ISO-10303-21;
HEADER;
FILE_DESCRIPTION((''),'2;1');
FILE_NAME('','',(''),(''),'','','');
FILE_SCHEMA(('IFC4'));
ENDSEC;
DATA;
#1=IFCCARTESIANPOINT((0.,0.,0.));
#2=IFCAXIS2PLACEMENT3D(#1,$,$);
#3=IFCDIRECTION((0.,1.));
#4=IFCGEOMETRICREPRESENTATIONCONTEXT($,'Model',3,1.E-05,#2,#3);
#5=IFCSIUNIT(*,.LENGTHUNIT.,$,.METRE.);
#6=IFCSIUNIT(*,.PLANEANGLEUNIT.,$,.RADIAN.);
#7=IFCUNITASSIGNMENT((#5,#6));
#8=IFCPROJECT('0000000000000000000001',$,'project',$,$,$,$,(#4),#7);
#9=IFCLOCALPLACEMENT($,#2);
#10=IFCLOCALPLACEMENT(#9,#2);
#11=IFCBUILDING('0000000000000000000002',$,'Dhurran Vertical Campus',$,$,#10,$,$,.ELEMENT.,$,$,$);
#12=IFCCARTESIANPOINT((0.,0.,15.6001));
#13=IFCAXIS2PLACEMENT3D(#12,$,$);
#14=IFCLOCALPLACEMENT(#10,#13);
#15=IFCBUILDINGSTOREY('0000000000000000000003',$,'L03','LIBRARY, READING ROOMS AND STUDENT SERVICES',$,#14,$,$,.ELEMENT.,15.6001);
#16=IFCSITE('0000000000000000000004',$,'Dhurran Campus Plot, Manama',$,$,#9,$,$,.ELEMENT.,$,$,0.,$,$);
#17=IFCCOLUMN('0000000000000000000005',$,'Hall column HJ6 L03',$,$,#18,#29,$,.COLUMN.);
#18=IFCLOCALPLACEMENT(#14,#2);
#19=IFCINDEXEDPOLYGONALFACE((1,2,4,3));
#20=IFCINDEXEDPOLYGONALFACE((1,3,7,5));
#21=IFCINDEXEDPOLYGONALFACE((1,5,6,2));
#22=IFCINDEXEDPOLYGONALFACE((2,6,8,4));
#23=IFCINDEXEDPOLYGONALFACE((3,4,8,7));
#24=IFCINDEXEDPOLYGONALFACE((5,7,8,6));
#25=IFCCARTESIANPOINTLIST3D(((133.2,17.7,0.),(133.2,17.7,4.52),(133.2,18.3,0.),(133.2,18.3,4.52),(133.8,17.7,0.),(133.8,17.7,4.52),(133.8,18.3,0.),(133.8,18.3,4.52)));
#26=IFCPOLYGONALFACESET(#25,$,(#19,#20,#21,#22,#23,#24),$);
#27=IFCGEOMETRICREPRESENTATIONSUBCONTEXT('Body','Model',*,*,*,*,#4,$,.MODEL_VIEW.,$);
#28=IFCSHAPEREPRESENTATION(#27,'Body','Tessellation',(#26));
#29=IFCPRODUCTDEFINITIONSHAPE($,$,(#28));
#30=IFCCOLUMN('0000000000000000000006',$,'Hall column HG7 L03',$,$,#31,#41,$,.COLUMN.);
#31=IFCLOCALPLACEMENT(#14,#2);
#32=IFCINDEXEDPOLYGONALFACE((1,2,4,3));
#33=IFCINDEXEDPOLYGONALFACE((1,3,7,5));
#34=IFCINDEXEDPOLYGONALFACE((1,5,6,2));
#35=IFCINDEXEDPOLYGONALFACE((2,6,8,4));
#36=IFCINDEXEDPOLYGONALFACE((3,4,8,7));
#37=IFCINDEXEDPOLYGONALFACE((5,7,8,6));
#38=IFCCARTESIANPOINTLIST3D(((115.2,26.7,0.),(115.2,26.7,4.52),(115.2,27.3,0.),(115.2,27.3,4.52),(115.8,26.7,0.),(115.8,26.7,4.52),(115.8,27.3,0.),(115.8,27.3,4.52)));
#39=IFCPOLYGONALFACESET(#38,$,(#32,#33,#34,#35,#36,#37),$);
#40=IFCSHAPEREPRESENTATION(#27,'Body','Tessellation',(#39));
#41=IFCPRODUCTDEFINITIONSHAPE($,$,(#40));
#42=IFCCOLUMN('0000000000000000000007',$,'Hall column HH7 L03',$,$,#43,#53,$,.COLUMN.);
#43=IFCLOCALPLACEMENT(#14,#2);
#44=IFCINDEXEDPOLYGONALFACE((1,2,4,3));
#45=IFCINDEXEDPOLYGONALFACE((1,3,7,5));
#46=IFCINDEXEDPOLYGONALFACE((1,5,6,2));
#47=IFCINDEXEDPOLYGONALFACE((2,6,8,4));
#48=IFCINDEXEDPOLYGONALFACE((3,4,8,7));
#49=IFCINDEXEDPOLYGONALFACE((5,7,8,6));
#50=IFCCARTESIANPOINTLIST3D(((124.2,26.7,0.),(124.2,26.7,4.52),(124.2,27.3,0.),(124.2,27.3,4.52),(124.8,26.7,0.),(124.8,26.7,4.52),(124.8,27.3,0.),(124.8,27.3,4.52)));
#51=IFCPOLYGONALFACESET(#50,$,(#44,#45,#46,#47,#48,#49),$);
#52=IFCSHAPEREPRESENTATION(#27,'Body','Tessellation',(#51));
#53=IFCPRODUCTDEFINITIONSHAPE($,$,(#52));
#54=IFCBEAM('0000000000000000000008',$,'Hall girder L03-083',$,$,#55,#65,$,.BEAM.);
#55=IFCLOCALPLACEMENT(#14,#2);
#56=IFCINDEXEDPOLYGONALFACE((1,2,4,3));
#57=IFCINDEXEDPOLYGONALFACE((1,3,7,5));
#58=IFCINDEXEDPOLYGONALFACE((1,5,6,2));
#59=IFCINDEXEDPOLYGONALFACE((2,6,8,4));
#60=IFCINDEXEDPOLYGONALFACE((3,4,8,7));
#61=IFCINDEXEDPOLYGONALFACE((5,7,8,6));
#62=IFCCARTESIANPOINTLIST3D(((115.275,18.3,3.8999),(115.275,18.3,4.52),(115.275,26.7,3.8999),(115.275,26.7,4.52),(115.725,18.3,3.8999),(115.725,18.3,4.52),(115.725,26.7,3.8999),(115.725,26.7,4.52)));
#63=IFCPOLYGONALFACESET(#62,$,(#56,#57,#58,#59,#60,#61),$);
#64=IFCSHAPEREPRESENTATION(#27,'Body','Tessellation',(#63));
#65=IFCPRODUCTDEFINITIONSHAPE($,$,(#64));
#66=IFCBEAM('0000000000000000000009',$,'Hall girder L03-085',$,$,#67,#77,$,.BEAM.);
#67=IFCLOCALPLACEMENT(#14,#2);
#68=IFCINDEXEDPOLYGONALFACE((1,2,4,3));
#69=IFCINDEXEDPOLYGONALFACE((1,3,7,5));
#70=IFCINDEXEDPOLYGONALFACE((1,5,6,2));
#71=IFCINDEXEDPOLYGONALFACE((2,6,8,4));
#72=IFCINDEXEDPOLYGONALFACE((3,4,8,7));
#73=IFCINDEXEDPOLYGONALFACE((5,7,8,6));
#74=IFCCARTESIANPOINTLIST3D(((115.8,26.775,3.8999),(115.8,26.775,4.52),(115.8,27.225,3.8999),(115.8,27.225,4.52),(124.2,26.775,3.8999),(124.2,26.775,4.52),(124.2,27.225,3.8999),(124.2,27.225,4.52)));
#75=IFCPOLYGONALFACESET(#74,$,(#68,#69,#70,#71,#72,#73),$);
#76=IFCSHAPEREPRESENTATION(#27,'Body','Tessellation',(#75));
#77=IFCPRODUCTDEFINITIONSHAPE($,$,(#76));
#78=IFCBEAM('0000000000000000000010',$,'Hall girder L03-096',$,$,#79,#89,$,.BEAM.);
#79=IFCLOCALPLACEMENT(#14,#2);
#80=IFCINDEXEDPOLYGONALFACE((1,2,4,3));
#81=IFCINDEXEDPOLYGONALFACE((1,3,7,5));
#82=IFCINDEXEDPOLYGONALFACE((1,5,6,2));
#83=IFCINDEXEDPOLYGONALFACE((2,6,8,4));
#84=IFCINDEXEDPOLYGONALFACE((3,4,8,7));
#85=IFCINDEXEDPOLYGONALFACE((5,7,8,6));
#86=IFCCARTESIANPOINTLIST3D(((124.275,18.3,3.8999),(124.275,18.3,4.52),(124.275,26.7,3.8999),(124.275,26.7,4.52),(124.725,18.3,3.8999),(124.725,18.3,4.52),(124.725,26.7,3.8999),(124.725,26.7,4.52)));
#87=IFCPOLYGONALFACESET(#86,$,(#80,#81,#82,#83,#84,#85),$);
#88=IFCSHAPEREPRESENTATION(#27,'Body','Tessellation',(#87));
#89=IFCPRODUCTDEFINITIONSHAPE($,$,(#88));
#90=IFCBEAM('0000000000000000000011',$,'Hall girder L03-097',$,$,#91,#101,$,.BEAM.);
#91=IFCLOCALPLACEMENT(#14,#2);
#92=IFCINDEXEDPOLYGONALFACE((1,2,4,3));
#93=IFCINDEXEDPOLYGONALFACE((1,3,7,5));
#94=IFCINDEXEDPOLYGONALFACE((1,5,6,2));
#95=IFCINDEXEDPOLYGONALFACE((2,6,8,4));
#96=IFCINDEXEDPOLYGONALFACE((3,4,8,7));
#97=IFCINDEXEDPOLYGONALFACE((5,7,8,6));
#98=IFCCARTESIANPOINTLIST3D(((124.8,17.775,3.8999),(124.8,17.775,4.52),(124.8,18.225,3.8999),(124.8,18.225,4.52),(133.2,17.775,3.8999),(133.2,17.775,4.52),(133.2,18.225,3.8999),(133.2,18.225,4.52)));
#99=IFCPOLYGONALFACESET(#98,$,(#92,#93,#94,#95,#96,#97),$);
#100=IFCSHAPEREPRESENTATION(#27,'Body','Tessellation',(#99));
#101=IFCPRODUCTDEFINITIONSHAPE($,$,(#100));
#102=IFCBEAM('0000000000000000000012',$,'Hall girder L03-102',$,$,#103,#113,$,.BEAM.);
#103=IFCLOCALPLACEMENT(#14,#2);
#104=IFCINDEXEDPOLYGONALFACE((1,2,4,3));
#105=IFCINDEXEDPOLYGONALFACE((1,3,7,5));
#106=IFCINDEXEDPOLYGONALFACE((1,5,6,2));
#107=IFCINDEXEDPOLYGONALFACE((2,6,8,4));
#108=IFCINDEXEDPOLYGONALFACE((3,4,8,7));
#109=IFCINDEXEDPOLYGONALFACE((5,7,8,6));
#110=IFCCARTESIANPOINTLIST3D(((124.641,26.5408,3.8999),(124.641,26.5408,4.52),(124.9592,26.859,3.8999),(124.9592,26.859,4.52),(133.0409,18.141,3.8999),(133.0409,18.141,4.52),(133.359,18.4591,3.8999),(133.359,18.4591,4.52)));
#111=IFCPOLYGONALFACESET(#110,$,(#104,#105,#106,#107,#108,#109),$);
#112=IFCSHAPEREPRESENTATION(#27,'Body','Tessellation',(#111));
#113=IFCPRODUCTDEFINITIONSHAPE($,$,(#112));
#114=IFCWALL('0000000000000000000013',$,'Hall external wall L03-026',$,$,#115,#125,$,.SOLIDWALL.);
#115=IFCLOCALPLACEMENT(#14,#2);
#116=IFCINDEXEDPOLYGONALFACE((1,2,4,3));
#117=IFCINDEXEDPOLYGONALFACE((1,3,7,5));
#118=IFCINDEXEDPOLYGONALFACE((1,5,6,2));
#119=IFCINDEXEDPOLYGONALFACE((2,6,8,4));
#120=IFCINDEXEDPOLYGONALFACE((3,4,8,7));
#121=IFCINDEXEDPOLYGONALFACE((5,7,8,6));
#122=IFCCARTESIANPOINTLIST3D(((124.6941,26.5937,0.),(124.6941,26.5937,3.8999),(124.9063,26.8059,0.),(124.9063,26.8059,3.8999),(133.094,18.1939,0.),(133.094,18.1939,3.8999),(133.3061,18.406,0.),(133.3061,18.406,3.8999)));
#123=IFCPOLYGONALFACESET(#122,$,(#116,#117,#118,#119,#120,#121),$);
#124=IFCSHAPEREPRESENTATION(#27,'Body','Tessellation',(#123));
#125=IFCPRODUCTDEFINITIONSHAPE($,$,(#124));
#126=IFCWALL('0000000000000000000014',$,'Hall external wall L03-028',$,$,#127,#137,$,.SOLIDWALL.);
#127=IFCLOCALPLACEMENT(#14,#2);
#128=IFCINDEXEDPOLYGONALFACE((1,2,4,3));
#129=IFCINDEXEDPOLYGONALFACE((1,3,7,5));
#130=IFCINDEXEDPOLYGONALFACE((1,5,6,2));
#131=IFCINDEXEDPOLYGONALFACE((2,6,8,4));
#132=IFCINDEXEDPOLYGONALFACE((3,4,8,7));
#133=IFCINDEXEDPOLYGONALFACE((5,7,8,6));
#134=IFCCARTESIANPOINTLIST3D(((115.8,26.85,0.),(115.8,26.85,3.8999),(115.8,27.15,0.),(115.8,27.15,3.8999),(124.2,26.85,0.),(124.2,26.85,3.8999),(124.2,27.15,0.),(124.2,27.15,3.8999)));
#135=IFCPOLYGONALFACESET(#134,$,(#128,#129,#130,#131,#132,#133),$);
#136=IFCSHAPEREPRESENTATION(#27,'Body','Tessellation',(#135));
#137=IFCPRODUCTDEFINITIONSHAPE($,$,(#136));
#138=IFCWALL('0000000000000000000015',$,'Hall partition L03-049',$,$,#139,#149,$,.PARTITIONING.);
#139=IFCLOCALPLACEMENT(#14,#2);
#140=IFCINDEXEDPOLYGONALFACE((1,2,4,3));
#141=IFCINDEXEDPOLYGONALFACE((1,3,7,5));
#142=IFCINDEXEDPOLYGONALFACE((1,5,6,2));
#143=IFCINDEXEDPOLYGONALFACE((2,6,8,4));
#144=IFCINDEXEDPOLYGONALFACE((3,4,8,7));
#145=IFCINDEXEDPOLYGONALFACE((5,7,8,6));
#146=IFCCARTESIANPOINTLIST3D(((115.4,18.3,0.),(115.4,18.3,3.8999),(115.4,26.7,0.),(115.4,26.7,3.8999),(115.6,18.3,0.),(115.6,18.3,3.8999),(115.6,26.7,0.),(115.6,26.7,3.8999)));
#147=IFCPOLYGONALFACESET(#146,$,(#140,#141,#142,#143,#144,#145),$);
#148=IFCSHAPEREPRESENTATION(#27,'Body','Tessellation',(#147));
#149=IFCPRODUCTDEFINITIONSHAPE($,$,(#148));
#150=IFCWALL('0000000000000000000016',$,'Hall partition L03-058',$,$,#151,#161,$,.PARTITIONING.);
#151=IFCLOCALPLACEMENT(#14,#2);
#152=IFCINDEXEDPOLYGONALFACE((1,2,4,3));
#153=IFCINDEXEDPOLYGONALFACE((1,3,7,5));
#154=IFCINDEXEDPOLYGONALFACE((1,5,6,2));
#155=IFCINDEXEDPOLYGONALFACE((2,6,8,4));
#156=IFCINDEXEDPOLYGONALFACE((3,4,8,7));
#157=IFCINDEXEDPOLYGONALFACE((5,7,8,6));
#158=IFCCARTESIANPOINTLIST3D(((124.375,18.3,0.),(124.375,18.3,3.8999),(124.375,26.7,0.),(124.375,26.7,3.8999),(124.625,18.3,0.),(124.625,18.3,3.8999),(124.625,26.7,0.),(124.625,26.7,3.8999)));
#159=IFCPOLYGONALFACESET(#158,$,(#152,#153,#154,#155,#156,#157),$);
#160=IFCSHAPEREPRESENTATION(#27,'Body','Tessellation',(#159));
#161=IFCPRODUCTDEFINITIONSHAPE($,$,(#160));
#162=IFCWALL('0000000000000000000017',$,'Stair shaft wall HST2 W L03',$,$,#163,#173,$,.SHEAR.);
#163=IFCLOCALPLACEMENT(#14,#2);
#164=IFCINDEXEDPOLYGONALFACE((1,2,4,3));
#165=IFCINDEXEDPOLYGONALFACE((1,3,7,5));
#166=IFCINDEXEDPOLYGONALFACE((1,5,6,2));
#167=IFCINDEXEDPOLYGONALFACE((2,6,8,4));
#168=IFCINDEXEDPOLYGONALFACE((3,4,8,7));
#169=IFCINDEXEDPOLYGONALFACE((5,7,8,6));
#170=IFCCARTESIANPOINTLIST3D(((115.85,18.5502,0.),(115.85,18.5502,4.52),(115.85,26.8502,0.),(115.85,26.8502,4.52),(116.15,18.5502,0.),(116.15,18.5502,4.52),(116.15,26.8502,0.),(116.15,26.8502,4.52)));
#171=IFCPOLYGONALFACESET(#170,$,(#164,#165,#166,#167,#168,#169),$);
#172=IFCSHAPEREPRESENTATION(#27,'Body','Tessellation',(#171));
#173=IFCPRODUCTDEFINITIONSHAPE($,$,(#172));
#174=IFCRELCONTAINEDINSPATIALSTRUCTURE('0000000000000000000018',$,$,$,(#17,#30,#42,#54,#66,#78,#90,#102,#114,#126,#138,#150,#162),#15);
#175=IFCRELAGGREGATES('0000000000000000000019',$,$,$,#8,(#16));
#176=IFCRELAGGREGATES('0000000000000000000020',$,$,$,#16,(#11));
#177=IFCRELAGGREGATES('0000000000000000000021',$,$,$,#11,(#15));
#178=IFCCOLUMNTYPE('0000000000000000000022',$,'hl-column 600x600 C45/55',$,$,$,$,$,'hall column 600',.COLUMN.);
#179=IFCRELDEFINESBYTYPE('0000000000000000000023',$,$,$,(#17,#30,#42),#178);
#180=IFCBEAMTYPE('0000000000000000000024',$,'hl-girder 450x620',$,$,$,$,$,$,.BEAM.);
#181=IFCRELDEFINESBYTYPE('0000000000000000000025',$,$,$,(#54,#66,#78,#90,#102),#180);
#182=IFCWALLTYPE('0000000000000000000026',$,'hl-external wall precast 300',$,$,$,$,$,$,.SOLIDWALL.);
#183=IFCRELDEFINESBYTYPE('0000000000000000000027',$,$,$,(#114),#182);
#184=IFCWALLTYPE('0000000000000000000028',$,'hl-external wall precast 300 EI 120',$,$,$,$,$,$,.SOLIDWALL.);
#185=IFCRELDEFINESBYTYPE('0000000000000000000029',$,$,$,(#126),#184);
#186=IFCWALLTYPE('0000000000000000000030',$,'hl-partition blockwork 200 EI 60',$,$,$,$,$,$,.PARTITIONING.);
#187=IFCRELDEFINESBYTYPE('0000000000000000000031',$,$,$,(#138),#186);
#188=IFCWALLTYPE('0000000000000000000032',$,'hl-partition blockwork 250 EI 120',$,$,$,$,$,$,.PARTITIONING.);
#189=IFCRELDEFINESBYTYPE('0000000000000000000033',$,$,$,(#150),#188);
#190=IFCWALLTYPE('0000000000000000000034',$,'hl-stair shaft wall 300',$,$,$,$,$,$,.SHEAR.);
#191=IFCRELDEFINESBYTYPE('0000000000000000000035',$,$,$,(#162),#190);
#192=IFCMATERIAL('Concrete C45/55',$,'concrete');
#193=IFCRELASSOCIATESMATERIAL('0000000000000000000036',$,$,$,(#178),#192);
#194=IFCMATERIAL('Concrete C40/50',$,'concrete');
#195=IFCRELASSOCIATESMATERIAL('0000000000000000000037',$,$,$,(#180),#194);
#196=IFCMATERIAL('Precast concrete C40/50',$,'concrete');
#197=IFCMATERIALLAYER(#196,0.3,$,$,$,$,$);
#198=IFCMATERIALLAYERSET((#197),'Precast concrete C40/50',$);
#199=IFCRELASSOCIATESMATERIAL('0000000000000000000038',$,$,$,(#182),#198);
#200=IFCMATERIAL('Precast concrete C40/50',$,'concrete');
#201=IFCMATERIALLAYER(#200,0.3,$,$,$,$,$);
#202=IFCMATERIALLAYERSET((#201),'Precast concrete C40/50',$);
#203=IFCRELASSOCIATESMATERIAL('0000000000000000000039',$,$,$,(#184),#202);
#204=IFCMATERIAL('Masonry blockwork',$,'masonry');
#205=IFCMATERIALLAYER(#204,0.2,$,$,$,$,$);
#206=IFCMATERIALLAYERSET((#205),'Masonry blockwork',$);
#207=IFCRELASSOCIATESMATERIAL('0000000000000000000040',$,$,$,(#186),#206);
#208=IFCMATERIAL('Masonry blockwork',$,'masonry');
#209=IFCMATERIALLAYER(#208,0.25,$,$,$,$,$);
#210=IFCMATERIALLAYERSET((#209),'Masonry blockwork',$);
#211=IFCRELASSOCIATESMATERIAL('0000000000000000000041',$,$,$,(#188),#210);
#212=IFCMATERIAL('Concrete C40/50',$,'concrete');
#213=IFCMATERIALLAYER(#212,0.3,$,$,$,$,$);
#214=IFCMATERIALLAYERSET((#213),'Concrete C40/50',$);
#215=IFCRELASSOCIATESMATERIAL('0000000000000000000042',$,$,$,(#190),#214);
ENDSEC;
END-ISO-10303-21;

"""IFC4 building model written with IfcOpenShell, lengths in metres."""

from ifc_helpers import new_model, si_unit, direction, frame, frame_2d, origin, origin_2d, place, context, subcontext, project, spatial, rectangle, extrude, material, layer, layer_set, material_profile, profile_set, type_object, element, save


model = new_model("IFC4")

# Units and contexts
model_context = context("Model", 3, precision=1e-05, world=origin(), true_north=direction((0.0, 1.0)))
body_context = subcontext(model_context, "Body", "Model", "MODEL_VIEW")
ifc_project = project(units=[si_unit("LENGTHUNIT", "METRE"), si_unit("PLANEANGLEUNIT", "RADIAN")], contexts=[model_context])

# Site, building, storey
site_placement = place(None, origin())
site = spatial("IfcSite", under=ifc_project, at=site_placement, Name="Dhurran Campus Plot, Manama", CompositionType="ELEMENT", RefElevation=0.0)
building_placement = place(site_placement, origin())
building = spatial("IfcBuilding", under=site, at=building_placement, Name="Dhurran Vertical Campus", CompositionType="ELEMENT")
storey_placement = place(building_placement, frame((0.0, 0.0, 15.6001)))
storey = spatial("IfcBuildingStorey", under=building, at=storey_placement, Name="L03", Description="LIBRARY, READING ROOMS AND STUDENT SERVICES", CompositionType="ELEMENT", Elevation=15.6001)

# Columns
ifc_material_1 = material(Name="Concrete C45/55", Category="concrete")
ifc_material_profile_1 = material_profile(ifc_material_1, rectangle(XDim=0.6001, YDim=0.6001, at=origin_2d()), Name="hl-column 600x600 C45/55")
ifc_profile_set_1 = profile_set([ifc_material_profile_1], Name="Concrete C45/55")
column_type = type_object("IfcColumnType", Name="hl-column 600x600 C45/55", ElementType="hall column 600", PredefinedType="COLUMN", material=ifc_profile_set_1)
for number, where, z_axis, x_axis, name in (
    (1, (133.5, 18.0, 0.0), (0.0, 0.0, 1.0), (1.0, 0.0, 0.0), "Hall column HJ6 L03"),
    (2, (115.5, 27.0, 0.0), (0.0, 0.0, 1.0), (1.0, 0.0, 0.0), "Hall column HG7 L03"),
    (3, (124.5, 27.0, 0.0), (0.0, 0.0, 1.0), (1.0, 0.0, 0.0), "Hall column HH7 L03"),
):
    element("IfcColumn", number, at=place(storey_placement, frame(where, z_axis=z_axis, x_axis=x_axis)), inside=storey, type_object=column_type, Name=name, PredefinedType="COLUMN", context=body_context, shape_type="SweptSolid", body=[
        extrude(rectangle(XDim=0.6001, YDim=0.6001, at=origin_2d()), origin(), (0.0, 0.0, 1.0), 4.52),
    ])

# Beams
ifc_material_2 = material(Name="Concrete C40/50", Category="concrete")
ifc_material_profile_2 = material_profile(ifc_material_2, rectangle(XDim=0.45, YDim=0.6201, at=origin_2d()), Name="hl-girder 450x620")
ifc_profile_set_2 = profile_set([ifc_material_profile_2], Name="Concrete C40/50")
beam_type = type_object("IfcBeamType", Name="hl-girder 450x620", PredefinedType="BEAM", material=ifc_profile_set_2)
for number, where, z_axis, x_axis, name in (
    (4, (115.5, 18.3, 4.21), (0.0, 1.0, 0.0), (-1.0, 0.0, 0.0), "Hall girder L03-083"),
    (5, (115.8, 27.0, 4.21), (1.0, 0.0, 0.0), (0.0, 1.0, 0.0), "Hall girder L03-085"),
    (6, (124.5, 18.3, 4.21), (0.0, 1.0, 0.0), (-1.0, 0.0, 0.0), "Hall girder L03-096"),
    (7, (124.8, 18.0, 4.21), (1.0, 0.0, 0.0), (0.0, 1.0, 0.0), "Hall girder L03-097"),
):
    element("IfcBeam", number, at=place(storey_placement, frame(where, z_axis=z_axis, x_axis=x_axis)), inside=storey, type_object=beam_type, Name=name, PredefinedType="BEAM", context=body_context, shape_type="SweptSolid", body=[
        extrude(rectangle(XDim=0.45, YDim=0.6201, at=origin_2d()), origin(), (0.0, 0.0, 1.0), 8.3999),
    ])
beam_placement = place(storey_placement, frame((133.2, 18.3, 4.21), z_axis=(-0.707107, 0.707107, 0.0), x_axis=(-0.707107, -0.707107, 0.0)))
element("IfcBeam", 8, at=beam_placement, inside=storey, type_object=beam_type, Name="Hall girder L03-102", PredefinedType="BEAM", context=body_context, shape_type="SweptSolid", body=[
    extrude(rectangle(XDim=0.45, YDim=0.6201, at=origin_2d()), origin(), (0.0, 0.0, 1.0), 11.8792),
])

# Walls
ifc_material_3 = material(Name="Precast concrete C40/50", Category="concrete")
ifc_layer_1 = layer(ifc_material_3, 0.3)
ifc_layer_set_1 = layer_set([ifc_layer_1], Name="Precast concrete C40/50")
wall_type_1 = type_object("IfcWallType", Name="hl-external wall precast 300", PredefinedType="SOLIDWALL", material=ifc_layer_set_1)
wall_1_placement = place(storey_placement, frame((133.2, 18.3, 0.0), z_axis=(0.0, 0.0, 1.0), x_axis=(-0.707107, 0.707107, 0.0)))
element("IfcWall", 9, at=wall_1_placement, inside=storey, type_object=wall_type_1, Name="Hall external wall L03-026", PredefinedType="SOLIDWALL", context=body_context, shape_type="SweptSolid", body=[
    extrude(rectangle(XDim=11.8792, YDim=0.3, at=frame_2d((5.9395, 0.0))), origin(), (0.0, 0.0, 1.0), 3.8999),
])
ifc_material_4 = material(Name="Precast concrete C40/50", Category="concrete")
ifc_layer_2 = layer(ifc_material_4, 0.3)
ifc_layer_set_2 = layer_set([ifc_layer_2], Name="Precast concrete C40/50")
wall_type_2 = type_object("IfcWallType", Name="hl-external wall precast 300 EI 120", PredefinedType="SOLIDWALL", material=ifc_layer_set_2)
wall_2_placement = place(storey_placement, frame((124.2, 27.0, 0.0), z_axis=(0.0, 0.0, 1.0), x_axis=(-1.0, 0.0, 0.0)))
element("IfcWall", 10, at=wall_2_placement, inside=storey, type_object=wall_type_2, Name="Hall external wall L03-028", PredefinedType="SOLIDWALL", context=body_context, shape_type="SweptSolid", body=[
    extrude(rectangle(XDim=8.3999, YDim=0.3, at=frame_2d((4.2, 0.0))), origin(), (0.0, 0.0, 1.0), 3.8999),
])
ifc_material_5 = material(Name="Masonry blockwork", Category="masonry")
ifc_layer_3 = layer(ifc_material_5, 0.2)
ifc_layer_set_3 = layer_set([ifc_layer_3], Name="Masonry blockwork")
wall_type_3 = type_object("IfcWallType", Name="hl-partition blockwork 200 EI 60", PredefinedType="PARTITIONING", material=ifc_layer_set_3)
wall_3_placement = place(storey_placement, frame((115.5, 18.3, 0.0), z_axis=(0.0, 0.0, 1.0), x_axis=(0.0, 1.0, 0.0)))
element("IfcWall", 11, at=wall_3_placement, inside=storey, type_object=wall_type_3, Name="Hall partition L03-049", PredefinedType="PARTITIONING", context=body_context, shape_type="SweptSolid", body=[
    extrude(rectangle(XDim=8.3999, YDim=0.2, at=frame_2d((4.2, 0.0))), origin(), (0.0, 0.0, 1.0), 3.8999),
])
ifc_material_6 = material(Name="Masonry blockwork", Category="masonry")
ifc_layer_4 = layer(ifc_material_6, 0.25)
ifc_layer_set_4 = layer_set([ifc_layer_4], Name="Masonry blockwork")
wall_type_4 = type_object("IfcWallType", Name="hl-partition blockwork 250 EI 120", PredefinedType="PARTITIONING", material=ifc_layer_set_4)
wall_4_placement = place(storey_placement, frame((124.5, 18.3, 0.0), z_axis=(0.0, 0.0, 1.0), x_axis=(0.0, 1.0, 0.0)))
element("IfcWall", 12, at=wall_4_placement, inside=storey, type_object=wall_type_4, Name="Hall partition L03-058", PredefinedType="PARTITIONING", context=body_context, shape_type="SweptSolid", body=[
    extrude(rectangle(XDim=8.3999, YDim=0.25, at=frame_2d((4.2, 0.0))), origin(), (0.0, 0.0, 1.0), 3.8999),
])
ifc_material_7 = material(Name="Concrete C40/50", Category="concrete")
ifc_layer_5 = layer(ifc_material_7, 0.3)
ifc_layer_set_5 = layer_set([ifc_layer_5], Name="Concrete C40/50")
wall_type_5 = type_object("IfcWallType", Name="hl-stair shaft wall 300", PredefinedType="SHEAR", material=ifc_layer_set_5)
wall_5_placement = place(storey_placement, frame((116.0, 26.8501, 0.0), z_axis=(0.0, 0.0, 1.0), x_axis=(0.0, -1.0, 0.0)))
element("IfcWall", 13, at=wall_5_placement, inside=storey, type_object=wall_type_5, Name="Stair shaft wall HST2 W L03", PredefinedType="SHEAR", context=body_context, shape_type="SweptSolid", body=[
    extrude(rectangle(XDim=8.3, YDim=0.3, at=frame_2d((4.1499, 0.0))), origin(), (0.0, 0.0, 1.0), 4.52),
])

save(model, "model.ifc")
